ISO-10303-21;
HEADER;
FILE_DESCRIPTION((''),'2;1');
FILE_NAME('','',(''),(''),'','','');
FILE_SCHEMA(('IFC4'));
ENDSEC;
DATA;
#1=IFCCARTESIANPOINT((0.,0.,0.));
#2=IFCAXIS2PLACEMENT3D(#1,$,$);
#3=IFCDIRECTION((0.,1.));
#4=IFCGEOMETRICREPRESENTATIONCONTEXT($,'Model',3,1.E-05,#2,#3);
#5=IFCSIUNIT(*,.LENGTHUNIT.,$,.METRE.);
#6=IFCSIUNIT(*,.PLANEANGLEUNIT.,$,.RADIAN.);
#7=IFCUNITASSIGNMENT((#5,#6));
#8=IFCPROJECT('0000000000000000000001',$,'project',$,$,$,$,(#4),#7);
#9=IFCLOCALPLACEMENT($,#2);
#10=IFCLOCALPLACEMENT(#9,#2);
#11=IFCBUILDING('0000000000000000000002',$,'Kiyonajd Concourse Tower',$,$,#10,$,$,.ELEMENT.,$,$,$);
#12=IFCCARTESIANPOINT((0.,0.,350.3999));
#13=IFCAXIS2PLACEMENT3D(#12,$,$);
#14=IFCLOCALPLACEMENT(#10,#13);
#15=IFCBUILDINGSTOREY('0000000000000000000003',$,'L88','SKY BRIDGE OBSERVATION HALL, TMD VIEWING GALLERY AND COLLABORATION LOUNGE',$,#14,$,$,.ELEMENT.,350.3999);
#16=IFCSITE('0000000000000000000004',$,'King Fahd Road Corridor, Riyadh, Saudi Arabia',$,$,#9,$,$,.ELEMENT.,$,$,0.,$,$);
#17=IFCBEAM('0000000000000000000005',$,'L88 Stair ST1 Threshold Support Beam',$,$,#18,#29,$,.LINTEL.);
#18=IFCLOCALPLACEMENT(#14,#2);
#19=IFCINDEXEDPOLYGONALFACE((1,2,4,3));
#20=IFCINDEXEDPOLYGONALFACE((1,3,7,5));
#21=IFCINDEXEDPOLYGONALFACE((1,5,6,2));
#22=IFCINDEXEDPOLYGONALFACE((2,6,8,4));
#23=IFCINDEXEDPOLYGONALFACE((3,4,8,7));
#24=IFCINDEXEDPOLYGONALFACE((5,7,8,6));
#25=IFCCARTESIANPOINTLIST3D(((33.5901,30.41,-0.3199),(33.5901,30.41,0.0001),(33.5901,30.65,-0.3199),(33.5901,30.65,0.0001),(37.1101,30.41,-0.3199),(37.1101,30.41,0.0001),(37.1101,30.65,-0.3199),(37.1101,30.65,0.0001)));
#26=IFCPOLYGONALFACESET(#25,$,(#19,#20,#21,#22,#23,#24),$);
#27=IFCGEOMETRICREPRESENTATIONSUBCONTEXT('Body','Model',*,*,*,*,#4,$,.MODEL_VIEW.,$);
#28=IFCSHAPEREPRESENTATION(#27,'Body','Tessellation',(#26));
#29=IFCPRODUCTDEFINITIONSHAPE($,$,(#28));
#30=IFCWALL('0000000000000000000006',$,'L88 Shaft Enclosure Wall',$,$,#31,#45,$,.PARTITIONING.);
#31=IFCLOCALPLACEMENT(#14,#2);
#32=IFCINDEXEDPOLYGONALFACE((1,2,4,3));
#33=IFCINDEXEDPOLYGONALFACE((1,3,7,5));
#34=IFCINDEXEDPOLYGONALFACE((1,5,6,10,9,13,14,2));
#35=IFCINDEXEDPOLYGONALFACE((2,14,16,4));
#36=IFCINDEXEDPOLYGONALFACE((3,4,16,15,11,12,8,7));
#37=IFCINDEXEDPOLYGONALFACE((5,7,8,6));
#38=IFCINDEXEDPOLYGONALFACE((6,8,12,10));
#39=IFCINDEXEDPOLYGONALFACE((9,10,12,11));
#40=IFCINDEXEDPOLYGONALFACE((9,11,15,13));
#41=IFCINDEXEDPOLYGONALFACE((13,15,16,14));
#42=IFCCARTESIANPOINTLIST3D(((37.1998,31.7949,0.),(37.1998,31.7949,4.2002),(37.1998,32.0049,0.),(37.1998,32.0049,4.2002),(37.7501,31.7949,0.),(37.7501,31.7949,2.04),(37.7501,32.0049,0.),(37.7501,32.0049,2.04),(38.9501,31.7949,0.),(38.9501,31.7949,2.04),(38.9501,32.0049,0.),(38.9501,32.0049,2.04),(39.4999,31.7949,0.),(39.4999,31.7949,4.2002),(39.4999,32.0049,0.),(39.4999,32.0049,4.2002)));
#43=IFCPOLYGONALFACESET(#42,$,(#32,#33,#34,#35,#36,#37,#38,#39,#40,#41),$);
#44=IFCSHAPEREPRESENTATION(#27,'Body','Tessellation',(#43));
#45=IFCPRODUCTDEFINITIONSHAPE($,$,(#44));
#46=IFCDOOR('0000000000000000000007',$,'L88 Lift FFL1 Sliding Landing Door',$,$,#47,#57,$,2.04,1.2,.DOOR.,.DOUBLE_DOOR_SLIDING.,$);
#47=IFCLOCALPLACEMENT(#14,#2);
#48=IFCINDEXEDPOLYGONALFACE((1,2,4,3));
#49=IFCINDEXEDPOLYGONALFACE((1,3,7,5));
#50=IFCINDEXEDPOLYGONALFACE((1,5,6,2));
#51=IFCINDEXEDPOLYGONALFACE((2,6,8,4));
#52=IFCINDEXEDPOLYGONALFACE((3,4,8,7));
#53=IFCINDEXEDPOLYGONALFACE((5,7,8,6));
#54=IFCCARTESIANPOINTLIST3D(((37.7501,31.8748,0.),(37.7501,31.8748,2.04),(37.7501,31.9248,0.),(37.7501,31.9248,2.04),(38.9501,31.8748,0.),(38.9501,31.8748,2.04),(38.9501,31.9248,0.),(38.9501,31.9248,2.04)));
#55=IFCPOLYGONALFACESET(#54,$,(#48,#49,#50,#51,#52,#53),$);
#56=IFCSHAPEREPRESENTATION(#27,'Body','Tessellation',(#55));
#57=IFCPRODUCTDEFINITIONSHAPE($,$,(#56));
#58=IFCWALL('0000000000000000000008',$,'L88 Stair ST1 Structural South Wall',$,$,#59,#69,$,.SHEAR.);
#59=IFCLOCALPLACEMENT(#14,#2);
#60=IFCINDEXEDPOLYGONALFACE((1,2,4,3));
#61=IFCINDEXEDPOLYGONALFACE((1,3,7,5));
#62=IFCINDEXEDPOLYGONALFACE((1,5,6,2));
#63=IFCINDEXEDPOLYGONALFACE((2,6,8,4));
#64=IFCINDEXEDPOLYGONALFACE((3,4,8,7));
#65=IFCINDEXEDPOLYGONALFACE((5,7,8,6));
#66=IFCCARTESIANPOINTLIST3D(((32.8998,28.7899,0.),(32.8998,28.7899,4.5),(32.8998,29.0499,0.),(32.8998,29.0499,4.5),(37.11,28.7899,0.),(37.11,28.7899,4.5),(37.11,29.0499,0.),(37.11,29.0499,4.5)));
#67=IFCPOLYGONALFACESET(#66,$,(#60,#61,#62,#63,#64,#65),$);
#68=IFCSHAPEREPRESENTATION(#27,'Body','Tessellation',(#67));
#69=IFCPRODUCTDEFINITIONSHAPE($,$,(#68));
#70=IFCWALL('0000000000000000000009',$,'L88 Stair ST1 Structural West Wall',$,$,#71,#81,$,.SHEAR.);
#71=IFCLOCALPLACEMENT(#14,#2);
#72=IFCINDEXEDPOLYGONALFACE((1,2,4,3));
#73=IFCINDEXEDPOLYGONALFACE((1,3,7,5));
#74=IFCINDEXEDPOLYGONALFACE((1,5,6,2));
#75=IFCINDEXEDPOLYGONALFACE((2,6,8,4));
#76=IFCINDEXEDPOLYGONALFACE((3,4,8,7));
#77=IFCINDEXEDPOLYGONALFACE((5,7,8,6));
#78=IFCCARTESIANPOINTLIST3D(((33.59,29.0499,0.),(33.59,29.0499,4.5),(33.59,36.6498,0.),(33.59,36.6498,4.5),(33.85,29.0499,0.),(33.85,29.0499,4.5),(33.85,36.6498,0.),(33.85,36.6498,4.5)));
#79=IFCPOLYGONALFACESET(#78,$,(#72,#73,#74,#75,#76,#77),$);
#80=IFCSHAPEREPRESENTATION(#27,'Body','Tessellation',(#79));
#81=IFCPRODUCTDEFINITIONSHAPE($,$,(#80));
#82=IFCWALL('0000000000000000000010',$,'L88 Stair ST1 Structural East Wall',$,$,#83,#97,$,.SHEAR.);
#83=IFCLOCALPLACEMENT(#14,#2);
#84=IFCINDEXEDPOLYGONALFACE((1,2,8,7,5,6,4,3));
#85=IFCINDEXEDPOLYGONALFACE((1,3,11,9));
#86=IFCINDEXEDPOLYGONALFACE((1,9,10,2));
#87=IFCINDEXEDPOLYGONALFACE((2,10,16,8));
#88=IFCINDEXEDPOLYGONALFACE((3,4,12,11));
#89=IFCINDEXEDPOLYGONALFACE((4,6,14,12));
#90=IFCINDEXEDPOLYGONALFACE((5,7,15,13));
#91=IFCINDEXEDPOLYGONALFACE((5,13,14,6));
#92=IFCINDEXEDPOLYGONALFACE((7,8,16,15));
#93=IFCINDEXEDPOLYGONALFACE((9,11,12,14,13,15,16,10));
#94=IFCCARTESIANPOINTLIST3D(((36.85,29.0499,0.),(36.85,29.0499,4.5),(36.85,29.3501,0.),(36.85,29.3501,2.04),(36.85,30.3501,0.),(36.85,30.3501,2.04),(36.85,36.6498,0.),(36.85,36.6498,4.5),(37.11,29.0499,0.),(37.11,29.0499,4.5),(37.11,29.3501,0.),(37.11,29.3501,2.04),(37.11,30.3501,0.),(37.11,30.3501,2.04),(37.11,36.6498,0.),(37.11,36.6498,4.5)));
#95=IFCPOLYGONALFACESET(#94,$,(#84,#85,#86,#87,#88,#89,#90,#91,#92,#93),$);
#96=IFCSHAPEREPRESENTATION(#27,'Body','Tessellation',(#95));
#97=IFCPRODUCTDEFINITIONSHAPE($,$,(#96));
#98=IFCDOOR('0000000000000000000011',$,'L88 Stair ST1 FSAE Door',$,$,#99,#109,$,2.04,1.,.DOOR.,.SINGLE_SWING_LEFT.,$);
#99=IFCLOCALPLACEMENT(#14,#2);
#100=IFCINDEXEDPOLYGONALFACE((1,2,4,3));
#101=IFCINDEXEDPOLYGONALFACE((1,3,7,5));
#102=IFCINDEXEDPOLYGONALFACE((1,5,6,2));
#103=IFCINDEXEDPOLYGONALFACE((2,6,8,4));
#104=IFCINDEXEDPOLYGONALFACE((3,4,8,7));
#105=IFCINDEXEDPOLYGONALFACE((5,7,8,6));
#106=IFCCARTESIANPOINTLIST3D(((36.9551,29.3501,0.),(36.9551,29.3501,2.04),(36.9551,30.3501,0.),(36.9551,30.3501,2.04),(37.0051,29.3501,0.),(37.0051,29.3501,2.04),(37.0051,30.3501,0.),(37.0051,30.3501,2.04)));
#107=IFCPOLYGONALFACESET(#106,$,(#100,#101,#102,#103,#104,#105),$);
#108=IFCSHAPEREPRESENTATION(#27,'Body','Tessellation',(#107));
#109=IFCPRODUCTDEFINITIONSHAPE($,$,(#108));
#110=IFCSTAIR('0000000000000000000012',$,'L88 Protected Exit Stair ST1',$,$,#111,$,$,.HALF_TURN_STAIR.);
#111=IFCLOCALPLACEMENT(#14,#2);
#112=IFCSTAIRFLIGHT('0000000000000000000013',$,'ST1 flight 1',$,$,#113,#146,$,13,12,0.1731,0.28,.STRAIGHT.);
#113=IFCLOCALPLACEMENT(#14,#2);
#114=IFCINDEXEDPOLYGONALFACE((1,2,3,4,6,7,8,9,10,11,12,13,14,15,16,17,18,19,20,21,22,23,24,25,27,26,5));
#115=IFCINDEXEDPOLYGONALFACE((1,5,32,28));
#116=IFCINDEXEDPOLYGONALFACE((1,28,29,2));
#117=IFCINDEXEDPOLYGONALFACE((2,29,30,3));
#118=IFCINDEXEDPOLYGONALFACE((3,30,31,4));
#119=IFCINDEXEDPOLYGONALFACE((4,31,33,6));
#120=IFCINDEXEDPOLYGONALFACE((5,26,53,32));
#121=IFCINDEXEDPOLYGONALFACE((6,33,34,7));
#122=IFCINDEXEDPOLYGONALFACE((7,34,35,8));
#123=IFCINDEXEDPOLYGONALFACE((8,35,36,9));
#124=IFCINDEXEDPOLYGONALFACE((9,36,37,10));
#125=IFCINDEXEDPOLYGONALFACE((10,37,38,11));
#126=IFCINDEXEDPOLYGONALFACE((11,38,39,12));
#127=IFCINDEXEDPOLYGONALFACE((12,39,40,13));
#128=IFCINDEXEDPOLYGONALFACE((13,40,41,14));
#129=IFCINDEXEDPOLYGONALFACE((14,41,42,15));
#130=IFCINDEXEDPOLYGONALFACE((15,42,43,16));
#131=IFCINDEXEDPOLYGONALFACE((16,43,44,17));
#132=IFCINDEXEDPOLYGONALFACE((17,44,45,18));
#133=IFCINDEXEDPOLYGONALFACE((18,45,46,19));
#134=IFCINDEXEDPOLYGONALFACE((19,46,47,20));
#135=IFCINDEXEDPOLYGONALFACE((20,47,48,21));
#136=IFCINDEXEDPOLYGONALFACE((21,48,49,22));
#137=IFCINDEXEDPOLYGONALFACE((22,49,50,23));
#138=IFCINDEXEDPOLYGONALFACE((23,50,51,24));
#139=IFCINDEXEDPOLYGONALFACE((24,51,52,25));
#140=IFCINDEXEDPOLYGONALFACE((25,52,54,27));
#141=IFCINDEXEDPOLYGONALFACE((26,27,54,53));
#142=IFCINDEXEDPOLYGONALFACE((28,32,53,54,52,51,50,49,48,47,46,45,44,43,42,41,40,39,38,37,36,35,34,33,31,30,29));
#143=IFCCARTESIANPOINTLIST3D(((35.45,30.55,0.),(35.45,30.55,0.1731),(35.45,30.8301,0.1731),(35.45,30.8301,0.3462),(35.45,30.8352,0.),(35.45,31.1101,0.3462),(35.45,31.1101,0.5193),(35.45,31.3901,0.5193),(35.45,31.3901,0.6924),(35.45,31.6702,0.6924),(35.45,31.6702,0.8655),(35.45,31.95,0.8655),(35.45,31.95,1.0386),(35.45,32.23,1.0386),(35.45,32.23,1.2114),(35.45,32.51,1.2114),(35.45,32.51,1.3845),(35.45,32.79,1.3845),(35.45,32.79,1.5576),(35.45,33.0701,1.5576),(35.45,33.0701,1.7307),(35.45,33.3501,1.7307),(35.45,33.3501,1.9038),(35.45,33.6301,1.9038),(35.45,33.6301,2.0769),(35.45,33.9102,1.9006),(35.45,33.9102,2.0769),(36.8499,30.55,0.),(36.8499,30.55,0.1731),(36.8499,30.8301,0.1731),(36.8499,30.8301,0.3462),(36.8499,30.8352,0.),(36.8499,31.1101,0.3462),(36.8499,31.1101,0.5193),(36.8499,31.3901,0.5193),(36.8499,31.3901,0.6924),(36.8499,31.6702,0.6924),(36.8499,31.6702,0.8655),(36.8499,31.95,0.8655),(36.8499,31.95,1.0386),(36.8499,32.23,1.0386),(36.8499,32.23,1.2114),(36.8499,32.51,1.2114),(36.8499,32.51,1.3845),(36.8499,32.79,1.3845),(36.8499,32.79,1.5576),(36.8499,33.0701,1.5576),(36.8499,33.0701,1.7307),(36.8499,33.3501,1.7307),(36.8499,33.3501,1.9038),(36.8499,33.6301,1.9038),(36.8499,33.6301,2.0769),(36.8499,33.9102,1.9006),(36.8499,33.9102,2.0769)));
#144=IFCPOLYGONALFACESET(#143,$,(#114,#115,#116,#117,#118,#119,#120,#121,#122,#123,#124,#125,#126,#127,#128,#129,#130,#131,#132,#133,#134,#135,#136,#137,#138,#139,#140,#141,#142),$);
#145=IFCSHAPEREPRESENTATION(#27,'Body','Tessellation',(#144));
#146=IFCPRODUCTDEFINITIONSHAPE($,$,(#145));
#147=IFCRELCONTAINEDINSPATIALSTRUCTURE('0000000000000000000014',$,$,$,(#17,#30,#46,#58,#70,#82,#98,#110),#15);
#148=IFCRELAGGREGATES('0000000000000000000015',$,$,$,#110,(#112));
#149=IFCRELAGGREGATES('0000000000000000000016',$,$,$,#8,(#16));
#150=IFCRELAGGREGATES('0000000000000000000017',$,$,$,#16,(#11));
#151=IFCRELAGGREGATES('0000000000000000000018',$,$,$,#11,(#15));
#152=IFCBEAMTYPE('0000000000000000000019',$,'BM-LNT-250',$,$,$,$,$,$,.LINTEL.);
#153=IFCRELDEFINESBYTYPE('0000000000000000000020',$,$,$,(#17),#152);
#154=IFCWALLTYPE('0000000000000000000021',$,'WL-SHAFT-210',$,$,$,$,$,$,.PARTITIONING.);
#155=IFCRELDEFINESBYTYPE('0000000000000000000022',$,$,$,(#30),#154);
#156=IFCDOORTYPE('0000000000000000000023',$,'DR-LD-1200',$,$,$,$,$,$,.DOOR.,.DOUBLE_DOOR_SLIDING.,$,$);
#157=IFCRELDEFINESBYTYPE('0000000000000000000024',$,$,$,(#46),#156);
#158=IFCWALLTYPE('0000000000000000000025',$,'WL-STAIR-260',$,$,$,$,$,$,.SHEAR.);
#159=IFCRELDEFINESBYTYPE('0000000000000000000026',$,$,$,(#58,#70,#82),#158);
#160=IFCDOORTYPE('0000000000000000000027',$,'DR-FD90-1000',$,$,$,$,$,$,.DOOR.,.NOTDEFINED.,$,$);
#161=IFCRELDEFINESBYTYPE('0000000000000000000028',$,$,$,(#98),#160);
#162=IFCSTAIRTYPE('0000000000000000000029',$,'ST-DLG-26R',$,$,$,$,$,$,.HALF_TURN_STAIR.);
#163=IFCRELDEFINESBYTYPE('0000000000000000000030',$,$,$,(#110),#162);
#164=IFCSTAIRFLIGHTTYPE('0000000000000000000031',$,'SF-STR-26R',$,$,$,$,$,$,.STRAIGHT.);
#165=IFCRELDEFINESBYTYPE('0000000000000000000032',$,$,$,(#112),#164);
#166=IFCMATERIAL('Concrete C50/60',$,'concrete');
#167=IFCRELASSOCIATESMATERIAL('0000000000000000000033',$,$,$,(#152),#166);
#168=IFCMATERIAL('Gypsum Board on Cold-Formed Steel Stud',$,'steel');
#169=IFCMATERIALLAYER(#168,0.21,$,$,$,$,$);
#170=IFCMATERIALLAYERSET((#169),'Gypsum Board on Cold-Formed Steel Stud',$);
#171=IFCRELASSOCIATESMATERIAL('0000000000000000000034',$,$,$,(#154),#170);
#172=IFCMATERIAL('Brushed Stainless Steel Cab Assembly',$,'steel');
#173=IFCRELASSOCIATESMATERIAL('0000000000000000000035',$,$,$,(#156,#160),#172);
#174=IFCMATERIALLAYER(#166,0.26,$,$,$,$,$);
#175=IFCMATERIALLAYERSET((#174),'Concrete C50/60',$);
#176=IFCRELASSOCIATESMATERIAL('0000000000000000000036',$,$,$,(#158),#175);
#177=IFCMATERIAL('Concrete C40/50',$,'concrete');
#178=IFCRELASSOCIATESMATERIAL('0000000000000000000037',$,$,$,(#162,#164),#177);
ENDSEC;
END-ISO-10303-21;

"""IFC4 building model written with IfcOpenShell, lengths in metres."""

from ifc_helpers import new_model, si_unit, direction, frame, frame_2d, origin, origin_2d, place, context, subcontext, project, spatial, polyline, rectangle, outline, extrude, material, layer, layer_set, material_profile, profile_set, type_object, element, fill, aggregate, save


model = new_model("IFC4")

# Units and contexts
model_context = context("Model", 3, precision=1e-05, world=origin(), true_north=direction((0.0, 1.0)))
body_context = subcontext(model_context, "Body", "Model", "MODEL_VIEW")
ifc_project = project(units=[si_unit("LENGTHUNIT", "METRE"), si_unit("PLANEANGLEUNIT", "RADIAN")], contexts=[model_context])

# Site, building, storey
site_placement = place(None, origin())
site = spatial("IfcSite", under=ifc_project, at=site_placement, Name="King Fahd Road Corridor, Riyadh, Saudi Arabia", CompositionType="ELEMENT", RefElevation=0.0)
building_placement = place(site_placement, origin())
building = spatial("IfcBuilding", under=site, at=building_placement, Name="Kiyonajd Concourse Tower", CompositionType="ELEMENT")
storey_placement = place(building_placement, frame((0.0, 0.0, 350.3999)))
storey = spatial("IfcBuildingStorey", under=building, at=storey_placement, Name="L88", Description="SKY BRIDGE OBSERVATION HALL, TMD VIEWING GALLERY AND COLLABORATION LOUNGE", CompositionType="ELEMENT", Elevation=350.3999)

# Beam
ifc_material_1 = material(Name="Concrete C50/60", Category="concrete")
ifc_material_profile = material_profile(ifc_material_1, rectangle(XDim=0.24, YDim=0.3201, at=origin_2d()), Name="RCBM-240x320")
ifc_profile_set = profile_set([ifc_material_profile], Name="Concrete C50/60")
beam_type = type_object("IfcBeamType", Name="BM-LNT-250", PredefinedType="LINTEL", material=ifc_profile_set)
beam_placement = place(storey_placement, frame((33.5901, 30.53, -0.1599), z_axis=(1.0, 0.0, 0.0), x_axis=(0.0, 1.0, 0.0)))
element("IfcBeam", 1, at=beam_placement, inside=storey, type_object=beam_type, Name="L88 Stair ST1 Threshold Support Beam", PredefinedType="LINTEL", context=body_context, shape_type="SweptSolid", body=[
    extrude(rectangle(XDim=0.24, YDim=0.3201, at=origin_2d()), origin(), (0.0, 0.0, 1.0), 3.52),
])

# Wall, opening, door
ifc_material_2 = material(Name="Gypsum Board on Cold-Formed Steel Stud", Category="steel")
ifc_layer_1 = layer(ifc_material_2, 0.21)
ifc_layer_set_1 = layer_set([ifc_layer_1], Name="Gypsum Board on Cold-Formed Steel Stud")
wall_type_1 = type_object("IfcWallType", Name="WL-SHAFT-210", PredefinedType="PARTITIONING", material=ifc_layer_set_1)
wall_1_placement = place(storey_placement, frame((37.2, 31.8999, 0.0), z_axis=(0.0, 0.0, 1.0), x_axis=(1.0, 0.0, 0.0)))
wall_1 = element("IfcWall", 2, at=wall_1_placement, inside=storey, type_object=wall_type_1, Name="L88 Shaft Enclosure Wall", PredefinedType="PARTITIONING", context=body_context, shape_type="SweptSolid", body=[
    extrude(rectangle(XDim=2.3, YDim=0.21, at=frame_2d((1.1499, 0.0))), origin(), (0.0, 0.0, 1.0), 4.2002),
])
opening_1_placement = place(wall_1_placement, frame((0.55, 0.0, 0.0)))
opening_1 = element("IfcOpeningElement", 3, at=opening_1_placement, cuts=wall_1, PredefinedType="OPENING", context=body_context, shape_type="SweptSolid", body=[
    extrude(rectangle(XDim=1.2, YDim=2.04, at=frame_2d((0.6001, 1.02))), frame((0.0, 0.115, 0.0), z_axis=(0.0, -1.0, 0.0), x_axis=(1.0, 0.0, 0.0)), (0.0, 0.0, 1.0), 0.23),
])
ifc_material_3 = material(Name="Brushed Stainless Steel Cab Assembly", Category="steel")
door_type_1 = type_object("IfcDoorType", Name="DR-LD-1200", OperationType="DOUBLE_DOOR_SLIDING", PredefinedType="DOOR", material=ifc_material_3)
door_1_placement = place(opening_1_placement, origin())
door_1 = element("IfcDoor", 4, at=door_1_placement, inside=storey, type_object=door_type_1, Name="L88 Lift FFL1 Sliding Landing Door", OperationType="DOUBLE_DOOR_SLIDING", OverallHeight=2.04, OverallWidth=1.2, PredefinedType="DOOR", context=body_context, shape_type="SweptSolid", body=[
    extrude(rectangle(XDim=1.2, YDim=2.04, at=frame_2d((0.6001, 1.02))), frame((0.0, 0.0249, 0.0), z_axis=(0.0, -1.0, 0.0), x_axis=(1.0, 0.0, 0.0)), (0.0, 0.0, 1.0), 0.05),
])
fill(opening_1, door_1)

# Walls
ifc_layer_2 = layer(ifc_material_1, 0.26)
ifc_layer_set_2 = layer_set([ifc_layer_2], Name="Concrete C50/60")
wall_type_2 = type_object("IfcWallType", Name="WL-STAIR-260", PredefinedType="SHEAR", material=ifc_layer_set_2)
wall_2_placement = place(storey_placement, frame((32.8999, 28.9199, 0.0), z_axis=(0.0, 0.0, 1.0), x_axis=(1.0, 0.0, 0.0)))
element("IfcWall", 5, at=wall_2_placement, inside=storey, type_object=wall_type_2, Name="L88 Stair ST1 Structural South Wall", PredefinedType="SHEAR", context=body_context, shape_type="SweptSolid", body=[
    extrude(rectangle(XDim=4.2102, YDim=0.26, at=frame_2d((2.105, 0.0))), origin(), (0.0, 0.0, 1.0), 4.5),
])
wall_3_placement = place(storey_placement, frame((33.72, 29.05, 0.0), z_axis=(0.0, 0.0, 1.0), x_axis=(0.0, 1.0, 0.0)))
element("IfcWall", 6, at=wall_3_placement, inside=storey, type_object=wall_type_2, Name="L88 Stair ST1 Structural West Wall", PredefinedType="SHEAR", context=body_context, shape_type="SweptSolid", body=[
    extrude(rectangle(XDim=7.5999, YDim=0.26, at=frame_2d((3.7998, 0.0))), origin(), (0.0, 0.0, 1.0), 4.5),
])

# Wall, opening, door
wall_4_placement = place(storey_placement, frame((36.98, 29.05, 0.0), z_axis=(0.0, 0.0, 1.0), x_axis=(0.0, 1.0, 0.0)))
wall_4 = element("IfcWall", 7, at=wall_4_placement, inside=storey, type_object=wall_type_2, Name="L88 Stair ST1 Structural East Wall", PredefinedType="SHEAR", context=body_context, shape_type="SweptSolid", body=[
    extrude(rectangle(XDim=7.5999, YDim=0.26, at=frame_2d((3.7998, 0.0))), origin(), (0.0, 0.0, 1.0), 4.5),
])
opening_2_placement = place(wall_4_placement, frame((0.3, 0.0, 0.0)))
opening_2 = element("IfcOpeningElement", 8, at=opening_2_placement, cuts=wall_4, PredefinedType="OPENING", context=body_context, shape_type="SweptSolid", body=[
    extrude(rectangle(XDim=1.0, YDim=2.04, at=frame_2d((0.5, 1.02))), frame((0.0, 0.1399, 0.0), z_axis=(0.0, -1.0, 0.0), x_axis=(1.0, 0.0, 0.0)), (0.0, 0.0, 1.0), 0.28),
])
door_type_2 = type_object("IfcDoorType", Name="DR-FD90-1000", OperationType="NOTDEFINED", PredefinedType="DOOR", material=ifc_material_3)
door_2_placement = place(opening_2_placement, origin())
door_2 = element("IfcDoor", 9, at=door_2_placement, inside=storey, type_object=door_type_2, Name="L88 Stair ST1 FSAE Door", OperationType="SINGLE_SWING_LEFT", OverallHeight=2.04, OverallWidth=1.0, PredefinedType="DOOR", context=body_context, shape_type="SweptSolid", body=[
    extrude(rectangle(XDim=1.0, YDim=2.04, at=frame_2d((0.5, 1.02))), frame((0.0, 0.0249, 0.0), z_axis=(0.0, -1.0, 0.0), x_axis=(1.0, 0.0, 0.0)), (0.0, 0.0, 1.0), 0.05),
])
fill(opening_2, door_2)

# Stair, stair flight
ifc_material_4 = material(Name="Concrete C40/50", Category="concrete")
stair_type = type_object("IfcStairType", Name="ST-DLG-26R", PredefinedType="HALF_TURN_STAIR", material=ifc_material_4)
stair_placement = place(storey_placement, origin())
stair = element("IfcStair", 10, at=stair_placement, inside=storey, type_object=stair_type, Name="L88 Protected Exit Stair ST1", PredefinedType="HALF_TURN_STAIR")
stair_flight_type = type_object("IfcStairFlightType", Name="SF-STR-26R", PredefinedType="STRAIGHT", material=ifc_material_4)
stair_flight_1_placement = place(storey_placement, frame((36.1499, 30.55, 0.0), z_axis=(0.0, 0.0, 1.0), x_axis=(0.0, 1.0, 0.0)))
stair_flight_1 = element("IfcStairFlight", 11, at=stair_flight_1_placement, type_object=stair_flight_type, Name="ST1 flight 1", NumberOfRisers=13, NumberOfTreads=12, PredefinedType="STRAIGHT", RiserHeight=0.1731, TreadLength=0.28, context=body_context, shape_type="SweptSolid", body=[
    extrude(outline(polyline([(0.0, 0.0), (0.0, 0.1731), (0.28, 0.1731), (0.28, 0.3462), (0.5601, 0.3462), (0.5601, 0.5193), (0.8401, 0.5193), (0.8401, 0.6924), (1.1201, 0.6924), (1.1201, 0.8655), (1.3999, 0.8655), (1.3999, 1.0386), (1.6799, 1.0386), (1.6799, 1.2114), (1.96, 1.2114), (1.96, 1.3845), (2.24, 1.3845), (2.24, 1.5576), (2.52, 1.5576), (2.52, 1.7307), (2.8, 1.7307), (2.8, 1.9038), (3.0801, 1.9038), (3.0801, 2.0769), (3.3601, 2.0769), (3.3601, 2.25), (3.3601, 1.9006), (0.2852, 0.0), (0.0, 0.0)])), frame((0.0, 0.7, 0.0), z_axis=(0.0, -1.0, 0.0), x_axis=(1.0, 0.0, 0.0)), (0.0, 0.0, 1.0), 1.3999),
])
aggregate(stair, [stair_flight_1])

save(model, "model.ifc")
